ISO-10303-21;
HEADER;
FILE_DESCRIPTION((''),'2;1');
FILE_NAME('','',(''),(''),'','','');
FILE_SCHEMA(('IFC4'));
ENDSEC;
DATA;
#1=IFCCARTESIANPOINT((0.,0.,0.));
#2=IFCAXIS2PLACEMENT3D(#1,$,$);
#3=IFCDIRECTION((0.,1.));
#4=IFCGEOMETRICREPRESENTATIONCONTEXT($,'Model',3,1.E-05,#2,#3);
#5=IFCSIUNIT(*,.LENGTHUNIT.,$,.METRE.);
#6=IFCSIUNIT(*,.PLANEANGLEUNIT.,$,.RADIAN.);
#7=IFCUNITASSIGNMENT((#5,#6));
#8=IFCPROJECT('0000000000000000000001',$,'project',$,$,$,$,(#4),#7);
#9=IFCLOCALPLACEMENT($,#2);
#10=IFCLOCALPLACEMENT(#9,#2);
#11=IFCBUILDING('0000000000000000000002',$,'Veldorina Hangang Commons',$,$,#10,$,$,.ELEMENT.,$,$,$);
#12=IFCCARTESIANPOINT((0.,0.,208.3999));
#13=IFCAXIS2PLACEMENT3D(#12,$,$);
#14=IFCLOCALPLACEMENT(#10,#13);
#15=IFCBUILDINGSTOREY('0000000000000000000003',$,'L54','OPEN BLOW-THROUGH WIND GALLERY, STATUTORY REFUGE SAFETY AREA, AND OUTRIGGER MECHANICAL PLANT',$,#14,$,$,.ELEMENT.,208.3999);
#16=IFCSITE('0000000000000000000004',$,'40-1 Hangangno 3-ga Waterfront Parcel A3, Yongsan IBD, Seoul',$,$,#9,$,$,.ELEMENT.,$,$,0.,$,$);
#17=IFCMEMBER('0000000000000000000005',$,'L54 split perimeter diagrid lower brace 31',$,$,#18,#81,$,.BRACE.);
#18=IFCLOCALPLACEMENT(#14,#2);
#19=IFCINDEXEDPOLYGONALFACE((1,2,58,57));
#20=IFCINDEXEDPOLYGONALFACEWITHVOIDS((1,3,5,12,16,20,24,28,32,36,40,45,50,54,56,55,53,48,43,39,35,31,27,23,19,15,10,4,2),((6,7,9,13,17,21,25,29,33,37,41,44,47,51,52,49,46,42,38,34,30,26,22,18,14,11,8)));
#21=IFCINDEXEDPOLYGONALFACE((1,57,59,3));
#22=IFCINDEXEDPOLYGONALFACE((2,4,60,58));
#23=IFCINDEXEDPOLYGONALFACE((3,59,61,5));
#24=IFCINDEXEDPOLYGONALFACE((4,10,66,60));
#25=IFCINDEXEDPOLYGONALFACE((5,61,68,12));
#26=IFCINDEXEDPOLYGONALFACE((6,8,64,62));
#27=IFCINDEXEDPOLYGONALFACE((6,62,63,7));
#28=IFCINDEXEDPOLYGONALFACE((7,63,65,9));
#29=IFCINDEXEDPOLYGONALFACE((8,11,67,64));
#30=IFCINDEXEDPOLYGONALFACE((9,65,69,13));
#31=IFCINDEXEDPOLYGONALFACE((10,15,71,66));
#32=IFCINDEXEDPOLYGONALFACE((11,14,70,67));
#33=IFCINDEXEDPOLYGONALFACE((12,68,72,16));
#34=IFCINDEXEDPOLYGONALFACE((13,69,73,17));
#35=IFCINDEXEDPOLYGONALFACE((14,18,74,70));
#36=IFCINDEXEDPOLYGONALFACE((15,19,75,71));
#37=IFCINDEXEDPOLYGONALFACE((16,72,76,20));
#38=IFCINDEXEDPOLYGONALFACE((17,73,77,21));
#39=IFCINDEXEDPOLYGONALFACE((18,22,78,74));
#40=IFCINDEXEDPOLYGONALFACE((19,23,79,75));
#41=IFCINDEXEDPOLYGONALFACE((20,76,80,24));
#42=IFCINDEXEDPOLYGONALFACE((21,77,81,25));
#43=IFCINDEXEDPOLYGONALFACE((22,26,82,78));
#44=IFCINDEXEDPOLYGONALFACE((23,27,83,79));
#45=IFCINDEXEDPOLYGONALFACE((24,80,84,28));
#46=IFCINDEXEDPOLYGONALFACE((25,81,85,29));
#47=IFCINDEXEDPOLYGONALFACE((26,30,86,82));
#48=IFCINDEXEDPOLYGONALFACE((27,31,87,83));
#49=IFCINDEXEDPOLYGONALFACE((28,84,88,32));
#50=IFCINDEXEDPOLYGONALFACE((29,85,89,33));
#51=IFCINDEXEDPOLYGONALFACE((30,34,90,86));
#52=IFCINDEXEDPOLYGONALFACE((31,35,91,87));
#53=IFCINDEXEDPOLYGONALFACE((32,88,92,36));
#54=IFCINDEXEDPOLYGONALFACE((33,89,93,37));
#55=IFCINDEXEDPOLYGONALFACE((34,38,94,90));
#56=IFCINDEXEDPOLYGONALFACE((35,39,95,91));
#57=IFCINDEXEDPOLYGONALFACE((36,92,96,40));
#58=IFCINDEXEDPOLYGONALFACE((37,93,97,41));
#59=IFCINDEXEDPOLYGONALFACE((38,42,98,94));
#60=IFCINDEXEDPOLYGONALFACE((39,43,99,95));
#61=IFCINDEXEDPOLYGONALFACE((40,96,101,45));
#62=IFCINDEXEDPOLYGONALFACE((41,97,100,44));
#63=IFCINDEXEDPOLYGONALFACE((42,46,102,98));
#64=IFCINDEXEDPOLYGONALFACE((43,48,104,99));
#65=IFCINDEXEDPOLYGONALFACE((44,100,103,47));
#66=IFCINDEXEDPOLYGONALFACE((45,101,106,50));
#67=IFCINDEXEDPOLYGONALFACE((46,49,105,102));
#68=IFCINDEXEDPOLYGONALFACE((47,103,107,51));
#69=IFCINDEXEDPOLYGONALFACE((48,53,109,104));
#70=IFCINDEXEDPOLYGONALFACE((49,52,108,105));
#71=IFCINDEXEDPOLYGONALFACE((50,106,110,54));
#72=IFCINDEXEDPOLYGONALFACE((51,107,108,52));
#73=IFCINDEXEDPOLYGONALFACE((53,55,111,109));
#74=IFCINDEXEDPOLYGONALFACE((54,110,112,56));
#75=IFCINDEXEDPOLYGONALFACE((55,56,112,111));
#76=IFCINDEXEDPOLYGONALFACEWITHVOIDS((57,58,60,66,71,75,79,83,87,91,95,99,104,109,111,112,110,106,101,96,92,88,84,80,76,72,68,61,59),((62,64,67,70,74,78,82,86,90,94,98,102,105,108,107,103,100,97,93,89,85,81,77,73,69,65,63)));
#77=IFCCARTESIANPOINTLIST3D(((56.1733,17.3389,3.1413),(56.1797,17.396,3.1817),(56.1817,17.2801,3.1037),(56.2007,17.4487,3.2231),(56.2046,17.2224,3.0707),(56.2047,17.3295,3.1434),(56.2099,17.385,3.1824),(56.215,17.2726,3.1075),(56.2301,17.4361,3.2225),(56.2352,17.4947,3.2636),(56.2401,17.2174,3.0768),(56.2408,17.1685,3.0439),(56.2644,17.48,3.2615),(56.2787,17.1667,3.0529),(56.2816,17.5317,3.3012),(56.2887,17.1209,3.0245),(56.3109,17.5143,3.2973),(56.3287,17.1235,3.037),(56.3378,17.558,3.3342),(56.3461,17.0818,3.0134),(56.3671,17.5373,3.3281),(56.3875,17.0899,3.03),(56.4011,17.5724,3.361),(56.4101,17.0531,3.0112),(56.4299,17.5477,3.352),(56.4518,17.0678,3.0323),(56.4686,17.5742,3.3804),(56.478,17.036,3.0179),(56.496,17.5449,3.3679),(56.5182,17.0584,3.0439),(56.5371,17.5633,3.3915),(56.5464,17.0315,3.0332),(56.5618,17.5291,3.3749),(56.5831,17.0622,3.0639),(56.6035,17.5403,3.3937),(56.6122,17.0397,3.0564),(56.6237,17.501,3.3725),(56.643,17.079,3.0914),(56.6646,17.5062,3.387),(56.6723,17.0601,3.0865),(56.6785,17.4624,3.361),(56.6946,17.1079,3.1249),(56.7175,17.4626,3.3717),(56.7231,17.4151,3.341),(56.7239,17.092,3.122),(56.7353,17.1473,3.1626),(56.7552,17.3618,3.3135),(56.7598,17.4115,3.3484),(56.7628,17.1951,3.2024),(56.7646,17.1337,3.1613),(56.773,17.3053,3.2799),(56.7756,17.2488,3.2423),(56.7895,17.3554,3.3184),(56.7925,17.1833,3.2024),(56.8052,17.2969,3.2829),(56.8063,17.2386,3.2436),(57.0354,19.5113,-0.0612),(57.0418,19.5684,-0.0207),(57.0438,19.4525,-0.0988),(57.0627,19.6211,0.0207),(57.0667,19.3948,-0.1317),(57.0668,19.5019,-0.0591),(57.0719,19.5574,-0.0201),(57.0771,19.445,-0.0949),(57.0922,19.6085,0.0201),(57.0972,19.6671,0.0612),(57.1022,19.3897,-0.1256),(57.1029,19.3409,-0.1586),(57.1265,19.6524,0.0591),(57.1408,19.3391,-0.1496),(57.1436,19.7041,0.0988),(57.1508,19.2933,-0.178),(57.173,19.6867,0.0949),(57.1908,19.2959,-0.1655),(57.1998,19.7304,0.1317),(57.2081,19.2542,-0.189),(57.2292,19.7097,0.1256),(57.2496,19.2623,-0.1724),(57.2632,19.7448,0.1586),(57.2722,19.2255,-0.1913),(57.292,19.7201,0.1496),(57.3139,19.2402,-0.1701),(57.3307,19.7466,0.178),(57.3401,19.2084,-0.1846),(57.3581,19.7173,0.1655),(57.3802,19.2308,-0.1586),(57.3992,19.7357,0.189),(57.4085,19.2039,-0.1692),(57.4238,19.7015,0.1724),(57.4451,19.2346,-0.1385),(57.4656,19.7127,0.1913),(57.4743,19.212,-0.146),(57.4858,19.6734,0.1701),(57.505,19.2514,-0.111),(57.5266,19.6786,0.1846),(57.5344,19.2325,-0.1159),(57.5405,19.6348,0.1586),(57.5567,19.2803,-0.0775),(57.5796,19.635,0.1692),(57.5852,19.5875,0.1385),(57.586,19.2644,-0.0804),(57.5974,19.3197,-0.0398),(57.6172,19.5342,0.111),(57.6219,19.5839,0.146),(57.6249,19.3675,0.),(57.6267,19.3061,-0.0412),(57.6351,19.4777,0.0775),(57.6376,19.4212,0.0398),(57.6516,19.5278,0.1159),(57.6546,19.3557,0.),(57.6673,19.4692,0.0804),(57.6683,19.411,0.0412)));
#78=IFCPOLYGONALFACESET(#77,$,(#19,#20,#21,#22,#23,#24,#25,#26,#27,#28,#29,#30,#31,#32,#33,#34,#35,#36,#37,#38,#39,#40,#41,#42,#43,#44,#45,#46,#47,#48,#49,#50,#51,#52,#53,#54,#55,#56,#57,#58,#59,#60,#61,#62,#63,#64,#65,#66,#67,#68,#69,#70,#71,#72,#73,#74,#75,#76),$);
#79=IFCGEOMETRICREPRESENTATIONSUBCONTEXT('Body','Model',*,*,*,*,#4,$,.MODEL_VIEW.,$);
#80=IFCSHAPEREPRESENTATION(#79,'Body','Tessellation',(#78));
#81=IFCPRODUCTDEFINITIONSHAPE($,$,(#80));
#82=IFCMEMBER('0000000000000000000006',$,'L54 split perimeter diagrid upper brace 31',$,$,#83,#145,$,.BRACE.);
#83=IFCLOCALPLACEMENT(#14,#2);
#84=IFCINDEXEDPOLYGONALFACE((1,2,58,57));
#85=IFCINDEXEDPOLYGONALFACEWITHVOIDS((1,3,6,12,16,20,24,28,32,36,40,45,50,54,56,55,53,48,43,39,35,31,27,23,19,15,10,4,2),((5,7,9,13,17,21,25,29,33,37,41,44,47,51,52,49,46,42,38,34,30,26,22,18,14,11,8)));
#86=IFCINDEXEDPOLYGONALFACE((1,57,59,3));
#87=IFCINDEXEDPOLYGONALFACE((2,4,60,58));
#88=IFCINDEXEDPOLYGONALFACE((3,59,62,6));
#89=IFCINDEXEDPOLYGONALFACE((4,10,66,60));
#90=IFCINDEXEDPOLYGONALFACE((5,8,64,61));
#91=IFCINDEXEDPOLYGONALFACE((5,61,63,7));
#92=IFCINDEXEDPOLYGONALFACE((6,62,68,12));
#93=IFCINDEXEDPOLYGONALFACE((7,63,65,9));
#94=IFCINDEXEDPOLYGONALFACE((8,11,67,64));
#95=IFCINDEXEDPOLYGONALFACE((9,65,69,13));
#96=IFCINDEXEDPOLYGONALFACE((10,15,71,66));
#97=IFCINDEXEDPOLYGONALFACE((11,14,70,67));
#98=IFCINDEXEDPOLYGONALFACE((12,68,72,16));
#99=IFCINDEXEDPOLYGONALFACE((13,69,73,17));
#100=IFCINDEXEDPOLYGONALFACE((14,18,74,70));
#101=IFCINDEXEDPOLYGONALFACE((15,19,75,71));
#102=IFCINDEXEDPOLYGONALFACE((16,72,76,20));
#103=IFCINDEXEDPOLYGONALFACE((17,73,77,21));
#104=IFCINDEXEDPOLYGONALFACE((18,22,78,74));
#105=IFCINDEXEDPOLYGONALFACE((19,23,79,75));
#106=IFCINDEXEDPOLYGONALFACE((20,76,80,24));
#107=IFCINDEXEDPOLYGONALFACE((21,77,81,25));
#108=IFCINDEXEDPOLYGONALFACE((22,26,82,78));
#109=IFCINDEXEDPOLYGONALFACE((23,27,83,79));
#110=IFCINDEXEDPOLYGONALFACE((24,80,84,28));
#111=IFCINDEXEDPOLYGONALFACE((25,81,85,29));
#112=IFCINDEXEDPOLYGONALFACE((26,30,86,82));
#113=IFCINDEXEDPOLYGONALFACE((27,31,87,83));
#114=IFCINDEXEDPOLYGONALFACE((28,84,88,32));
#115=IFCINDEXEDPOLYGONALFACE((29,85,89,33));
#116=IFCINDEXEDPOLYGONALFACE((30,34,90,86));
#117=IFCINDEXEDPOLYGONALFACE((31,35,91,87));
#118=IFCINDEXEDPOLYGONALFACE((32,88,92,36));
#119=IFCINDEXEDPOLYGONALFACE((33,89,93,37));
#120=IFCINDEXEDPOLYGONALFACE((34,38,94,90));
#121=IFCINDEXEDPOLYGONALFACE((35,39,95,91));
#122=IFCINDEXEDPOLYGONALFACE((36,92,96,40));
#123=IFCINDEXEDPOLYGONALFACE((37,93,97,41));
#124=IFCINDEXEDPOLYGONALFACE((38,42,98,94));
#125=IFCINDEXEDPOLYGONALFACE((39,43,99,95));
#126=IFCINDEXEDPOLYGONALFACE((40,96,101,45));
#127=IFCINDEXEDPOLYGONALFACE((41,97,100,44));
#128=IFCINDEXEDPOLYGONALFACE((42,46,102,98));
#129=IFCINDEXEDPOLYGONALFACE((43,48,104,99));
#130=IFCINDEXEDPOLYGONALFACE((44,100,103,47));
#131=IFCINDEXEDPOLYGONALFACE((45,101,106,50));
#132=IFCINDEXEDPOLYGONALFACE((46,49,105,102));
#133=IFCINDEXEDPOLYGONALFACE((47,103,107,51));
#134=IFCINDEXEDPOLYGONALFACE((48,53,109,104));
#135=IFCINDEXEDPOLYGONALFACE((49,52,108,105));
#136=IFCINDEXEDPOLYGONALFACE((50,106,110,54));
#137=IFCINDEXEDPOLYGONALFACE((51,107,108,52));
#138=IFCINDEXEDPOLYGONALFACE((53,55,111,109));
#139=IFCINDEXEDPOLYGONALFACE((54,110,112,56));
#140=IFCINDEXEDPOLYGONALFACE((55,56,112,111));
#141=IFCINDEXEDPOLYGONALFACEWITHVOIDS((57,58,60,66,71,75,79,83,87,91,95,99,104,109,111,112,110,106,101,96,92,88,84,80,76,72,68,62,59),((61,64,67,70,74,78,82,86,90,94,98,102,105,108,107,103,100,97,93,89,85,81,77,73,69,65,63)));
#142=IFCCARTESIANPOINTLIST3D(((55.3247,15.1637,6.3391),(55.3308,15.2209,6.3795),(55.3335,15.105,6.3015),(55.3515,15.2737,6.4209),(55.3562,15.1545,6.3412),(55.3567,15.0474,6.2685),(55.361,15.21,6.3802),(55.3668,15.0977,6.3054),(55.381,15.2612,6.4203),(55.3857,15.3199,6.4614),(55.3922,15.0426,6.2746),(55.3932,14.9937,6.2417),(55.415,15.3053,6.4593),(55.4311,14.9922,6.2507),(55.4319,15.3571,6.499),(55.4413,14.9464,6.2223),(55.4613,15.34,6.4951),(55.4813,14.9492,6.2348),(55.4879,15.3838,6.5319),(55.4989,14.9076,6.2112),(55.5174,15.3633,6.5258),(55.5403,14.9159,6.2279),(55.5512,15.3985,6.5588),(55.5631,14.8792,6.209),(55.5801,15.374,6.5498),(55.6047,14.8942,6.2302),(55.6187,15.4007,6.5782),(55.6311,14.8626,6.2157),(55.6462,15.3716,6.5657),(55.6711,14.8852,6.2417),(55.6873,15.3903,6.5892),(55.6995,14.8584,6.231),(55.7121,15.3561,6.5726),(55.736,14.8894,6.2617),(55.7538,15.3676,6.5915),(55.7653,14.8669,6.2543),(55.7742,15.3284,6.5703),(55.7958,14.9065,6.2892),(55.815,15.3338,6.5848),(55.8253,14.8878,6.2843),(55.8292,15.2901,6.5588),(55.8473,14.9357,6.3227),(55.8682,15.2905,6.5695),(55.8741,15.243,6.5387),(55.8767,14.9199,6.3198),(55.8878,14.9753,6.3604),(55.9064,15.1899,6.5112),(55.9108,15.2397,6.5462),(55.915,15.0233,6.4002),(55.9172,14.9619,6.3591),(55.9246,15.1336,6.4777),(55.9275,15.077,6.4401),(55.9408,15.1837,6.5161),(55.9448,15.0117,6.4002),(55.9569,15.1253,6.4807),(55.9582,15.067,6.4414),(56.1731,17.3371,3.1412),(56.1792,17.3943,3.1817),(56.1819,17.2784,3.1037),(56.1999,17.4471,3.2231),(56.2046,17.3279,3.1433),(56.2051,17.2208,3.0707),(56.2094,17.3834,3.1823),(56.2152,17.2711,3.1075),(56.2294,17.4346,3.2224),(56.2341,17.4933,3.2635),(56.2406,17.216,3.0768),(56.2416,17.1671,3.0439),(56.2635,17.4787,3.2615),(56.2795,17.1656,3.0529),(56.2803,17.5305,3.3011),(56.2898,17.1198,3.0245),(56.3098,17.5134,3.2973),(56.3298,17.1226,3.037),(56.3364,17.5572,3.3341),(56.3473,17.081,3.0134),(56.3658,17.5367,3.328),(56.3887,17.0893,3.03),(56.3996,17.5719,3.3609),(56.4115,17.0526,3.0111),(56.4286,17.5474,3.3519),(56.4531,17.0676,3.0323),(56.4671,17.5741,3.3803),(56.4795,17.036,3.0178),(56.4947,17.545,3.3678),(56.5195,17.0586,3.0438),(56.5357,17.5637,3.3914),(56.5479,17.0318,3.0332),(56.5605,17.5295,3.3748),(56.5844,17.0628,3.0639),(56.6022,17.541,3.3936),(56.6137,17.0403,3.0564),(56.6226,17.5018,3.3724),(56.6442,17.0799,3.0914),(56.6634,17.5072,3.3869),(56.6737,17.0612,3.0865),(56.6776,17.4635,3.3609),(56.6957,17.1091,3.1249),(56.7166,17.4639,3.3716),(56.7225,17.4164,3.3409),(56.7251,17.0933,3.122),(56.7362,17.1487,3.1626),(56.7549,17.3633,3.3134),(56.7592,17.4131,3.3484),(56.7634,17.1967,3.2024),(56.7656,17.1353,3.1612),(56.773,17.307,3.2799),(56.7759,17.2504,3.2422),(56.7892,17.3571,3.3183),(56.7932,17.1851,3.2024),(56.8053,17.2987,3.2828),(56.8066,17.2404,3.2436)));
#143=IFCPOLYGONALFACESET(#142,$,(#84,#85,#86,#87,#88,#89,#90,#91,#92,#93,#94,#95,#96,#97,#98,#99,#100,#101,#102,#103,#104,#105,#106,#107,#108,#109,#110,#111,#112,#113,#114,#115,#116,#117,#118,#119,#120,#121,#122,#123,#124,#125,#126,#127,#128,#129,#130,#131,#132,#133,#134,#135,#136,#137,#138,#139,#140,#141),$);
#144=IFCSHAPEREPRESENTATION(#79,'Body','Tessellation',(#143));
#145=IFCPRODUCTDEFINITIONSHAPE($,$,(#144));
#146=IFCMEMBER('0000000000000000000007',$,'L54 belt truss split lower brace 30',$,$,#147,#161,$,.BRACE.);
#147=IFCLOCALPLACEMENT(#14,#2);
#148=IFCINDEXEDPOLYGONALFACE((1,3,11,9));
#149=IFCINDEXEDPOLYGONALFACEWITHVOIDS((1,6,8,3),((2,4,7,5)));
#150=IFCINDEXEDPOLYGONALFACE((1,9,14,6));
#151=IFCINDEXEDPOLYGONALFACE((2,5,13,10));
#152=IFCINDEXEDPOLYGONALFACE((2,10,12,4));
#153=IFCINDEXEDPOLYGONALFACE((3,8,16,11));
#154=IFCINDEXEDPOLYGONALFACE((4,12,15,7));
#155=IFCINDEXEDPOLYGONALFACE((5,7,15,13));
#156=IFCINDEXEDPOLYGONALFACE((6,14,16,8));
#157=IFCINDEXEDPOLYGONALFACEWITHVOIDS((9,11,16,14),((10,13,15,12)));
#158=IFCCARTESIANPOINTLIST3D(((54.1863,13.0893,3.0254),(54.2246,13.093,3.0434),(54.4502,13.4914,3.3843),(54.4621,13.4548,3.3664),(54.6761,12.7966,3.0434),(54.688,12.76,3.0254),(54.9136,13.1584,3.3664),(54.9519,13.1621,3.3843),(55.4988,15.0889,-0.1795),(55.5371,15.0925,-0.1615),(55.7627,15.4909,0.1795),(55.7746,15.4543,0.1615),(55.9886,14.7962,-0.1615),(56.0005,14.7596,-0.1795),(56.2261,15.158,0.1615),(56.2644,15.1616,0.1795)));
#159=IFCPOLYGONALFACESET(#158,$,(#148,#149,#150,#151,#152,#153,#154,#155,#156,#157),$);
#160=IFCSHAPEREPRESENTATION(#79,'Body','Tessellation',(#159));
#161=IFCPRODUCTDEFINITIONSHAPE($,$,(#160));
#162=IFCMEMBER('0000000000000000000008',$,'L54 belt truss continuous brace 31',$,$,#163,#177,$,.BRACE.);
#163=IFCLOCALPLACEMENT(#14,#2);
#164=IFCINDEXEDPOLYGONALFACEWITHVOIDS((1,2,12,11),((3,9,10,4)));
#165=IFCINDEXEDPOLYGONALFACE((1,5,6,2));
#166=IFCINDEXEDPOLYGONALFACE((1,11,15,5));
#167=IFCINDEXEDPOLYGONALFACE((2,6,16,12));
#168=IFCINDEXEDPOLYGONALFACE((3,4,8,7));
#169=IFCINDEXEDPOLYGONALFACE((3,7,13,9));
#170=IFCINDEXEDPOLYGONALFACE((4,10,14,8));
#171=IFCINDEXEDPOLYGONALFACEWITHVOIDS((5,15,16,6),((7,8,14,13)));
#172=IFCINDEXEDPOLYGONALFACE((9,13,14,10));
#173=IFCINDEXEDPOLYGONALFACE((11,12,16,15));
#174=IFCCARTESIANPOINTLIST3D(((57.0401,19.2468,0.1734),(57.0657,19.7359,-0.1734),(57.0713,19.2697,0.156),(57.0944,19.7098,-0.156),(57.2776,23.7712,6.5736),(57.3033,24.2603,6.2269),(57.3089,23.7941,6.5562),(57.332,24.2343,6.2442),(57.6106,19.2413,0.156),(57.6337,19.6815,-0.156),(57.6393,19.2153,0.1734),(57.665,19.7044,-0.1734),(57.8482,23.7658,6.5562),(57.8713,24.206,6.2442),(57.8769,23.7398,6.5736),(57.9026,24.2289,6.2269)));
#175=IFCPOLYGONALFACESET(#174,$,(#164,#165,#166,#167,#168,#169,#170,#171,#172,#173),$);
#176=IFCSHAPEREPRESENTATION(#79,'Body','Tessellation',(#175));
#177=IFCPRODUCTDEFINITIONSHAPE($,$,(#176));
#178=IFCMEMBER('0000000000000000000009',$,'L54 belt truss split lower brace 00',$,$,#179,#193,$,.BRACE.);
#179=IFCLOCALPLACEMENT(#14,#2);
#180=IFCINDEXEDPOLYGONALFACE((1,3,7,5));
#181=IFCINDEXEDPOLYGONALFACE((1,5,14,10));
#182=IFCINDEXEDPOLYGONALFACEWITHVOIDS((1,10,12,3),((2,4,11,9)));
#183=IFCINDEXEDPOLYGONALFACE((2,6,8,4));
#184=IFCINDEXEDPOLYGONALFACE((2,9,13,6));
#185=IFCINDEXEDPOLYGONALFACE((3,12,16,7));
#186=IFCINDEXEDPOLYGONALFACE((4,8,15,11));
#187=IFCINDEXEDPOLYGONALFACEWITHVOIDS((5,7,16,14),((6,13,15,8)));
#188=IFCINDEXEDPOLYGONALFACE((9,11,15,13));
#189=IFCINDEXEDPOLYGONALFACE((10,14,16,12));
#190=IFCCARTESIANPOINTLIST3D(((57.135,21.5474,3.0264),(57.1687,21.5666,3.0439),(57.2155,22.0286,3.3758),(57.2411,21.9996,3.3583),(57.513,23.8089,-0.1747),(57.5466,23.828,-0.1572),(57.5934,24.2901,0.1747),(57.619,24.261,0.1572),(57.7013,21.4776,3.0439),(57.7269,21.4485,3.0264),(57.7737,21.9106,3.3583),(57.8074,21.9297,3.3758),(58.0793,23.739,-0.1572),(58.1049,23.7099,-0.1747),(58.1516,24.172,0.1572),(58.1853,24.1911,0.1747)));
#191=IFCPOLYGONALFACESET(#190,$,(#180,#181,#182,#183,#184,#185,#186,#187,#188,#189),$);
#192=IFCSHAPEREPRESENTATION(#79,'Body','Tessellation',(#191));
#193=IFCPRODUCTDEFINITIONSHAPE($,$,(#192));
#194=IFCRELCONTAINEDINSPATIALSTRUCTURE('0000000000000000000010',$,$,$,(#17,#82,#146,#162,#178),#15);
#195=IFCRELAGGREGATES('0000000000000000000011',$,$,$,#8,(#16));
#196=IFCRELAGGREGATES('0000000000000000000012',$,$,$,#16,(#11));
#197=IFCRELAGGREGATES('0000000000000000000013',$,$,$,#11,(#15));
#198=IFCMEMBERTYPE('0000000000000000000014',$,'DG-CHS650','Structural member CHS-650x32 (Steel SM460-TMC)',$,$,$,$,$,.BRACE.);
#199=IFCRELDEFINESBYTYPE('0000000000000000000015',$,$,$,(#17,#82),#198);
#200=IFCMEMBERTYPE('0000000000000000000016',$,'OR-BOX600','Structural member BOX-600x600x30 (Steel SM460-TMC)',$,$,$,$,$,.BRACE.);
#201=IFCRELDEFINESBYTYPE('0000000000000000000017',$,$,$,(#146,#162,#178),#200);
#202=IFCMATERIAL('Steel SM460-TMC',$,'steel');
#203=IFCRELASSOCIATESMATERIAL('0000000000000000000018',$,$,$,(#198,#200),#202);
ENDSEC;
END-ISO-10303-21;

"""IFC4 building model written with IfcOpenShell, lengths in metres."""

from ifc_helpers import new_model, si_unit, direction, frame, origin, origin_2d, place, context, subcontext, project, spatial, hollow_rectangle, hollow_circle, extrude, material, material_profile, profile_set, type_object, element, save


model = new_model("IFC4")

# Units and contexts
model_context = context("Model", 3, precision=1e-05, world=origin(), true_north=direction((0.0, 1.0)))
body_context = subcontext(model_context, "Body", "Model", "MODEL_VIEW")
ifc_project = project(units=[si_unit("LENGTHUNIT", "METRE"), si_unit("PLANEANGLEUNIT", "RADIAN")], contexts=[model_context])

# Site, building, storey
site_placement = place(None, origin())
site = spatial("IfcSite", under=ifc_project, at=site_placement, Name="40-1 Hangangno 3-ga Waterfront Parcel A3, Yongsan IBD, Seoul", CompositionType="ELEMENT", RefElevation=0.0)
building_placement = place(site_placement, origin())
building = spatial("IfcBuilding", under=site, at=building_placement, Name="Veldorina Hangang Commons", CompositionType="ELEMENT")
storey_placement = place(building_placement, frame((0.0, 0.0, 208.3999)))
storey = spatial("IfcBuildingStorey", under=building, at=storey_placement, Name="L54", Description="OPEN BLOW-THROUGH WIND GALLERY, STATUTORY REFUGE SAFETY AREA, AND OUTRIGGER MECHANICAL PLANT", CompositionType="ELEMENT", Elevation=208.3999)

# Shared definitions
ifc_material_1 = material(Name="Steel SM460-TMC", Category="steel")

# Members
ifc_material_profile_1 = material_profile(ifc_material_1, hollow_circle(Radius=0.325, WallThickness=0.032, at=origin_2d()), Name="CHS-650x32")
ifc_profile_set_1 = profile_set([ifc_material_profile_1], Name="Steel SM460-TMC")
member_type_1 = type_object("IfcMemberType", Name="DG-CHS650", Description="Structural member CHS-650x32 (Steel SM460-TMC)", PredefinedType="BRACE", material=ifc_profile_set_1)
member_1_placement = place(storey_placement, frame((57.3525, 19.4756, 0.0), z_axis=(-0.217442, -0.547947, 0.807758), x_axis=(0.929489, -0.36885, 0.0)))
element("IfcMember", 1, at=member_1_placement, inside=storey, type_object=member_type_1, Name="L54 split perimeter diagrid lower brace 31", PredefinedType="BRACE", context=body_context, shape_type="SweptSolid", body=[
    extrude(hollow_circle(Radius=0.325, WallThickness=0.032, at=origin_2d()), origin(), (0.0, 0.0, 1.0), 3.9646),
])
member_2_placement = place(storey_placement, frame((56.4905, 17.3032, 3.2024), z_axis=(-0.214327, -0.549047, 0.807843), x_axis=(0.93154, -0.363638, 0.0)))
element("IfcMember", 2, at=member_2_placement, inside=storey, type_object=member_type_1, Name="L54 split perimeter diagrid upper brace 31", PredefinedType="BRACE", context=body_context, shape_type="SweptSolid", body=[
    extrude(hollow_circle(Radius=0.325, WallThickness=0.032, at=origin_2d()), origin(), (0.0, 0.0, 1.0), 3.9585),
])
ifc_material_profile_2 = material_profile(ifc_material_1, hollow_rectangle(XDim=0.6001, YDim=0.6001, WallThickness=0.03, at=origin_2d()), Name="BOX-600x600x30")
ifc_profile_set_2 = profile_set([ifc_material_profile_2], Name="Steel SM460-TMC")
member_type_2 = type_object("IfcMemberType", Name="OR-BOX600", Description="Structural member BOX-600x600x30 (Steel SM460-TMC)", PredefinedType="BRACE", material=ifc_profile_set_2)
member_3_placement = place(storey_placement, frame((55.8816, 15.1252, 0.0), z_axis=(-0.328211, -0.500008, 0.801417), x_axis=(0.835986, -0.54875, 0.0)))
element("IfcMember", 3, at=member_3_placement, inside=storey, type_object=member_type_2, Name="L54 belt truss split lower brace 30", PredefinedType="BRACE", context=body_context, shape_type="SweptSolid", body=[
    extrude(hollow_rectangle(XDim=0.6001, YDim=0.6001, WallThickness=0.03, at=origin_2d()), origin(), (0.0, 0.0, 1.0), 3.999),
])
member_4_placement = place(storey_placement, frame((57.3525, 19.4756, 0.0), z_axis=(0.030294, 0.576986, 0.816192), x_axis=(-0.998625, 0.052432, 0.0)))
element("IfcMember", 4, at=member_4_placement, inside=storey, type_object=member_type_2, Name="L54 belt truss continuous brace 31", PredefinedType="BRACE", context=body_context, shape_type="SweptSolid", body=[
    extrude(hollow_rectangle(XDim=0.6001, YDim=0.6001, WallThickness=0.03, at=origin_2d()), origin(), (0.0, 0.0, 1.0), 7.8416),
])
member_5_placement = place(storey_placement, frame((57.8491, 24.0, 0.0), z_axis=(-0.09598, -0.57433, 0.812978), x_axis=(0.986322, -0.164831, 0.0)))
element("IfcMember", 5, at=member_5_placement, inside=storey, type_object=member_type_2, Name="L54 belt truss split lower brace 00", PredefinedType="BRACE", context=body_context, shape_type="SweptSolid", body=[
    extrude(hollow_rectangle(XDim=0.6001, YDim=0.6001, WallThickness=0.03, at=origin_2d()), origin(), (0.0, 0.0, 1.0), 3.9375),
])

save(model, "model.ifc")
